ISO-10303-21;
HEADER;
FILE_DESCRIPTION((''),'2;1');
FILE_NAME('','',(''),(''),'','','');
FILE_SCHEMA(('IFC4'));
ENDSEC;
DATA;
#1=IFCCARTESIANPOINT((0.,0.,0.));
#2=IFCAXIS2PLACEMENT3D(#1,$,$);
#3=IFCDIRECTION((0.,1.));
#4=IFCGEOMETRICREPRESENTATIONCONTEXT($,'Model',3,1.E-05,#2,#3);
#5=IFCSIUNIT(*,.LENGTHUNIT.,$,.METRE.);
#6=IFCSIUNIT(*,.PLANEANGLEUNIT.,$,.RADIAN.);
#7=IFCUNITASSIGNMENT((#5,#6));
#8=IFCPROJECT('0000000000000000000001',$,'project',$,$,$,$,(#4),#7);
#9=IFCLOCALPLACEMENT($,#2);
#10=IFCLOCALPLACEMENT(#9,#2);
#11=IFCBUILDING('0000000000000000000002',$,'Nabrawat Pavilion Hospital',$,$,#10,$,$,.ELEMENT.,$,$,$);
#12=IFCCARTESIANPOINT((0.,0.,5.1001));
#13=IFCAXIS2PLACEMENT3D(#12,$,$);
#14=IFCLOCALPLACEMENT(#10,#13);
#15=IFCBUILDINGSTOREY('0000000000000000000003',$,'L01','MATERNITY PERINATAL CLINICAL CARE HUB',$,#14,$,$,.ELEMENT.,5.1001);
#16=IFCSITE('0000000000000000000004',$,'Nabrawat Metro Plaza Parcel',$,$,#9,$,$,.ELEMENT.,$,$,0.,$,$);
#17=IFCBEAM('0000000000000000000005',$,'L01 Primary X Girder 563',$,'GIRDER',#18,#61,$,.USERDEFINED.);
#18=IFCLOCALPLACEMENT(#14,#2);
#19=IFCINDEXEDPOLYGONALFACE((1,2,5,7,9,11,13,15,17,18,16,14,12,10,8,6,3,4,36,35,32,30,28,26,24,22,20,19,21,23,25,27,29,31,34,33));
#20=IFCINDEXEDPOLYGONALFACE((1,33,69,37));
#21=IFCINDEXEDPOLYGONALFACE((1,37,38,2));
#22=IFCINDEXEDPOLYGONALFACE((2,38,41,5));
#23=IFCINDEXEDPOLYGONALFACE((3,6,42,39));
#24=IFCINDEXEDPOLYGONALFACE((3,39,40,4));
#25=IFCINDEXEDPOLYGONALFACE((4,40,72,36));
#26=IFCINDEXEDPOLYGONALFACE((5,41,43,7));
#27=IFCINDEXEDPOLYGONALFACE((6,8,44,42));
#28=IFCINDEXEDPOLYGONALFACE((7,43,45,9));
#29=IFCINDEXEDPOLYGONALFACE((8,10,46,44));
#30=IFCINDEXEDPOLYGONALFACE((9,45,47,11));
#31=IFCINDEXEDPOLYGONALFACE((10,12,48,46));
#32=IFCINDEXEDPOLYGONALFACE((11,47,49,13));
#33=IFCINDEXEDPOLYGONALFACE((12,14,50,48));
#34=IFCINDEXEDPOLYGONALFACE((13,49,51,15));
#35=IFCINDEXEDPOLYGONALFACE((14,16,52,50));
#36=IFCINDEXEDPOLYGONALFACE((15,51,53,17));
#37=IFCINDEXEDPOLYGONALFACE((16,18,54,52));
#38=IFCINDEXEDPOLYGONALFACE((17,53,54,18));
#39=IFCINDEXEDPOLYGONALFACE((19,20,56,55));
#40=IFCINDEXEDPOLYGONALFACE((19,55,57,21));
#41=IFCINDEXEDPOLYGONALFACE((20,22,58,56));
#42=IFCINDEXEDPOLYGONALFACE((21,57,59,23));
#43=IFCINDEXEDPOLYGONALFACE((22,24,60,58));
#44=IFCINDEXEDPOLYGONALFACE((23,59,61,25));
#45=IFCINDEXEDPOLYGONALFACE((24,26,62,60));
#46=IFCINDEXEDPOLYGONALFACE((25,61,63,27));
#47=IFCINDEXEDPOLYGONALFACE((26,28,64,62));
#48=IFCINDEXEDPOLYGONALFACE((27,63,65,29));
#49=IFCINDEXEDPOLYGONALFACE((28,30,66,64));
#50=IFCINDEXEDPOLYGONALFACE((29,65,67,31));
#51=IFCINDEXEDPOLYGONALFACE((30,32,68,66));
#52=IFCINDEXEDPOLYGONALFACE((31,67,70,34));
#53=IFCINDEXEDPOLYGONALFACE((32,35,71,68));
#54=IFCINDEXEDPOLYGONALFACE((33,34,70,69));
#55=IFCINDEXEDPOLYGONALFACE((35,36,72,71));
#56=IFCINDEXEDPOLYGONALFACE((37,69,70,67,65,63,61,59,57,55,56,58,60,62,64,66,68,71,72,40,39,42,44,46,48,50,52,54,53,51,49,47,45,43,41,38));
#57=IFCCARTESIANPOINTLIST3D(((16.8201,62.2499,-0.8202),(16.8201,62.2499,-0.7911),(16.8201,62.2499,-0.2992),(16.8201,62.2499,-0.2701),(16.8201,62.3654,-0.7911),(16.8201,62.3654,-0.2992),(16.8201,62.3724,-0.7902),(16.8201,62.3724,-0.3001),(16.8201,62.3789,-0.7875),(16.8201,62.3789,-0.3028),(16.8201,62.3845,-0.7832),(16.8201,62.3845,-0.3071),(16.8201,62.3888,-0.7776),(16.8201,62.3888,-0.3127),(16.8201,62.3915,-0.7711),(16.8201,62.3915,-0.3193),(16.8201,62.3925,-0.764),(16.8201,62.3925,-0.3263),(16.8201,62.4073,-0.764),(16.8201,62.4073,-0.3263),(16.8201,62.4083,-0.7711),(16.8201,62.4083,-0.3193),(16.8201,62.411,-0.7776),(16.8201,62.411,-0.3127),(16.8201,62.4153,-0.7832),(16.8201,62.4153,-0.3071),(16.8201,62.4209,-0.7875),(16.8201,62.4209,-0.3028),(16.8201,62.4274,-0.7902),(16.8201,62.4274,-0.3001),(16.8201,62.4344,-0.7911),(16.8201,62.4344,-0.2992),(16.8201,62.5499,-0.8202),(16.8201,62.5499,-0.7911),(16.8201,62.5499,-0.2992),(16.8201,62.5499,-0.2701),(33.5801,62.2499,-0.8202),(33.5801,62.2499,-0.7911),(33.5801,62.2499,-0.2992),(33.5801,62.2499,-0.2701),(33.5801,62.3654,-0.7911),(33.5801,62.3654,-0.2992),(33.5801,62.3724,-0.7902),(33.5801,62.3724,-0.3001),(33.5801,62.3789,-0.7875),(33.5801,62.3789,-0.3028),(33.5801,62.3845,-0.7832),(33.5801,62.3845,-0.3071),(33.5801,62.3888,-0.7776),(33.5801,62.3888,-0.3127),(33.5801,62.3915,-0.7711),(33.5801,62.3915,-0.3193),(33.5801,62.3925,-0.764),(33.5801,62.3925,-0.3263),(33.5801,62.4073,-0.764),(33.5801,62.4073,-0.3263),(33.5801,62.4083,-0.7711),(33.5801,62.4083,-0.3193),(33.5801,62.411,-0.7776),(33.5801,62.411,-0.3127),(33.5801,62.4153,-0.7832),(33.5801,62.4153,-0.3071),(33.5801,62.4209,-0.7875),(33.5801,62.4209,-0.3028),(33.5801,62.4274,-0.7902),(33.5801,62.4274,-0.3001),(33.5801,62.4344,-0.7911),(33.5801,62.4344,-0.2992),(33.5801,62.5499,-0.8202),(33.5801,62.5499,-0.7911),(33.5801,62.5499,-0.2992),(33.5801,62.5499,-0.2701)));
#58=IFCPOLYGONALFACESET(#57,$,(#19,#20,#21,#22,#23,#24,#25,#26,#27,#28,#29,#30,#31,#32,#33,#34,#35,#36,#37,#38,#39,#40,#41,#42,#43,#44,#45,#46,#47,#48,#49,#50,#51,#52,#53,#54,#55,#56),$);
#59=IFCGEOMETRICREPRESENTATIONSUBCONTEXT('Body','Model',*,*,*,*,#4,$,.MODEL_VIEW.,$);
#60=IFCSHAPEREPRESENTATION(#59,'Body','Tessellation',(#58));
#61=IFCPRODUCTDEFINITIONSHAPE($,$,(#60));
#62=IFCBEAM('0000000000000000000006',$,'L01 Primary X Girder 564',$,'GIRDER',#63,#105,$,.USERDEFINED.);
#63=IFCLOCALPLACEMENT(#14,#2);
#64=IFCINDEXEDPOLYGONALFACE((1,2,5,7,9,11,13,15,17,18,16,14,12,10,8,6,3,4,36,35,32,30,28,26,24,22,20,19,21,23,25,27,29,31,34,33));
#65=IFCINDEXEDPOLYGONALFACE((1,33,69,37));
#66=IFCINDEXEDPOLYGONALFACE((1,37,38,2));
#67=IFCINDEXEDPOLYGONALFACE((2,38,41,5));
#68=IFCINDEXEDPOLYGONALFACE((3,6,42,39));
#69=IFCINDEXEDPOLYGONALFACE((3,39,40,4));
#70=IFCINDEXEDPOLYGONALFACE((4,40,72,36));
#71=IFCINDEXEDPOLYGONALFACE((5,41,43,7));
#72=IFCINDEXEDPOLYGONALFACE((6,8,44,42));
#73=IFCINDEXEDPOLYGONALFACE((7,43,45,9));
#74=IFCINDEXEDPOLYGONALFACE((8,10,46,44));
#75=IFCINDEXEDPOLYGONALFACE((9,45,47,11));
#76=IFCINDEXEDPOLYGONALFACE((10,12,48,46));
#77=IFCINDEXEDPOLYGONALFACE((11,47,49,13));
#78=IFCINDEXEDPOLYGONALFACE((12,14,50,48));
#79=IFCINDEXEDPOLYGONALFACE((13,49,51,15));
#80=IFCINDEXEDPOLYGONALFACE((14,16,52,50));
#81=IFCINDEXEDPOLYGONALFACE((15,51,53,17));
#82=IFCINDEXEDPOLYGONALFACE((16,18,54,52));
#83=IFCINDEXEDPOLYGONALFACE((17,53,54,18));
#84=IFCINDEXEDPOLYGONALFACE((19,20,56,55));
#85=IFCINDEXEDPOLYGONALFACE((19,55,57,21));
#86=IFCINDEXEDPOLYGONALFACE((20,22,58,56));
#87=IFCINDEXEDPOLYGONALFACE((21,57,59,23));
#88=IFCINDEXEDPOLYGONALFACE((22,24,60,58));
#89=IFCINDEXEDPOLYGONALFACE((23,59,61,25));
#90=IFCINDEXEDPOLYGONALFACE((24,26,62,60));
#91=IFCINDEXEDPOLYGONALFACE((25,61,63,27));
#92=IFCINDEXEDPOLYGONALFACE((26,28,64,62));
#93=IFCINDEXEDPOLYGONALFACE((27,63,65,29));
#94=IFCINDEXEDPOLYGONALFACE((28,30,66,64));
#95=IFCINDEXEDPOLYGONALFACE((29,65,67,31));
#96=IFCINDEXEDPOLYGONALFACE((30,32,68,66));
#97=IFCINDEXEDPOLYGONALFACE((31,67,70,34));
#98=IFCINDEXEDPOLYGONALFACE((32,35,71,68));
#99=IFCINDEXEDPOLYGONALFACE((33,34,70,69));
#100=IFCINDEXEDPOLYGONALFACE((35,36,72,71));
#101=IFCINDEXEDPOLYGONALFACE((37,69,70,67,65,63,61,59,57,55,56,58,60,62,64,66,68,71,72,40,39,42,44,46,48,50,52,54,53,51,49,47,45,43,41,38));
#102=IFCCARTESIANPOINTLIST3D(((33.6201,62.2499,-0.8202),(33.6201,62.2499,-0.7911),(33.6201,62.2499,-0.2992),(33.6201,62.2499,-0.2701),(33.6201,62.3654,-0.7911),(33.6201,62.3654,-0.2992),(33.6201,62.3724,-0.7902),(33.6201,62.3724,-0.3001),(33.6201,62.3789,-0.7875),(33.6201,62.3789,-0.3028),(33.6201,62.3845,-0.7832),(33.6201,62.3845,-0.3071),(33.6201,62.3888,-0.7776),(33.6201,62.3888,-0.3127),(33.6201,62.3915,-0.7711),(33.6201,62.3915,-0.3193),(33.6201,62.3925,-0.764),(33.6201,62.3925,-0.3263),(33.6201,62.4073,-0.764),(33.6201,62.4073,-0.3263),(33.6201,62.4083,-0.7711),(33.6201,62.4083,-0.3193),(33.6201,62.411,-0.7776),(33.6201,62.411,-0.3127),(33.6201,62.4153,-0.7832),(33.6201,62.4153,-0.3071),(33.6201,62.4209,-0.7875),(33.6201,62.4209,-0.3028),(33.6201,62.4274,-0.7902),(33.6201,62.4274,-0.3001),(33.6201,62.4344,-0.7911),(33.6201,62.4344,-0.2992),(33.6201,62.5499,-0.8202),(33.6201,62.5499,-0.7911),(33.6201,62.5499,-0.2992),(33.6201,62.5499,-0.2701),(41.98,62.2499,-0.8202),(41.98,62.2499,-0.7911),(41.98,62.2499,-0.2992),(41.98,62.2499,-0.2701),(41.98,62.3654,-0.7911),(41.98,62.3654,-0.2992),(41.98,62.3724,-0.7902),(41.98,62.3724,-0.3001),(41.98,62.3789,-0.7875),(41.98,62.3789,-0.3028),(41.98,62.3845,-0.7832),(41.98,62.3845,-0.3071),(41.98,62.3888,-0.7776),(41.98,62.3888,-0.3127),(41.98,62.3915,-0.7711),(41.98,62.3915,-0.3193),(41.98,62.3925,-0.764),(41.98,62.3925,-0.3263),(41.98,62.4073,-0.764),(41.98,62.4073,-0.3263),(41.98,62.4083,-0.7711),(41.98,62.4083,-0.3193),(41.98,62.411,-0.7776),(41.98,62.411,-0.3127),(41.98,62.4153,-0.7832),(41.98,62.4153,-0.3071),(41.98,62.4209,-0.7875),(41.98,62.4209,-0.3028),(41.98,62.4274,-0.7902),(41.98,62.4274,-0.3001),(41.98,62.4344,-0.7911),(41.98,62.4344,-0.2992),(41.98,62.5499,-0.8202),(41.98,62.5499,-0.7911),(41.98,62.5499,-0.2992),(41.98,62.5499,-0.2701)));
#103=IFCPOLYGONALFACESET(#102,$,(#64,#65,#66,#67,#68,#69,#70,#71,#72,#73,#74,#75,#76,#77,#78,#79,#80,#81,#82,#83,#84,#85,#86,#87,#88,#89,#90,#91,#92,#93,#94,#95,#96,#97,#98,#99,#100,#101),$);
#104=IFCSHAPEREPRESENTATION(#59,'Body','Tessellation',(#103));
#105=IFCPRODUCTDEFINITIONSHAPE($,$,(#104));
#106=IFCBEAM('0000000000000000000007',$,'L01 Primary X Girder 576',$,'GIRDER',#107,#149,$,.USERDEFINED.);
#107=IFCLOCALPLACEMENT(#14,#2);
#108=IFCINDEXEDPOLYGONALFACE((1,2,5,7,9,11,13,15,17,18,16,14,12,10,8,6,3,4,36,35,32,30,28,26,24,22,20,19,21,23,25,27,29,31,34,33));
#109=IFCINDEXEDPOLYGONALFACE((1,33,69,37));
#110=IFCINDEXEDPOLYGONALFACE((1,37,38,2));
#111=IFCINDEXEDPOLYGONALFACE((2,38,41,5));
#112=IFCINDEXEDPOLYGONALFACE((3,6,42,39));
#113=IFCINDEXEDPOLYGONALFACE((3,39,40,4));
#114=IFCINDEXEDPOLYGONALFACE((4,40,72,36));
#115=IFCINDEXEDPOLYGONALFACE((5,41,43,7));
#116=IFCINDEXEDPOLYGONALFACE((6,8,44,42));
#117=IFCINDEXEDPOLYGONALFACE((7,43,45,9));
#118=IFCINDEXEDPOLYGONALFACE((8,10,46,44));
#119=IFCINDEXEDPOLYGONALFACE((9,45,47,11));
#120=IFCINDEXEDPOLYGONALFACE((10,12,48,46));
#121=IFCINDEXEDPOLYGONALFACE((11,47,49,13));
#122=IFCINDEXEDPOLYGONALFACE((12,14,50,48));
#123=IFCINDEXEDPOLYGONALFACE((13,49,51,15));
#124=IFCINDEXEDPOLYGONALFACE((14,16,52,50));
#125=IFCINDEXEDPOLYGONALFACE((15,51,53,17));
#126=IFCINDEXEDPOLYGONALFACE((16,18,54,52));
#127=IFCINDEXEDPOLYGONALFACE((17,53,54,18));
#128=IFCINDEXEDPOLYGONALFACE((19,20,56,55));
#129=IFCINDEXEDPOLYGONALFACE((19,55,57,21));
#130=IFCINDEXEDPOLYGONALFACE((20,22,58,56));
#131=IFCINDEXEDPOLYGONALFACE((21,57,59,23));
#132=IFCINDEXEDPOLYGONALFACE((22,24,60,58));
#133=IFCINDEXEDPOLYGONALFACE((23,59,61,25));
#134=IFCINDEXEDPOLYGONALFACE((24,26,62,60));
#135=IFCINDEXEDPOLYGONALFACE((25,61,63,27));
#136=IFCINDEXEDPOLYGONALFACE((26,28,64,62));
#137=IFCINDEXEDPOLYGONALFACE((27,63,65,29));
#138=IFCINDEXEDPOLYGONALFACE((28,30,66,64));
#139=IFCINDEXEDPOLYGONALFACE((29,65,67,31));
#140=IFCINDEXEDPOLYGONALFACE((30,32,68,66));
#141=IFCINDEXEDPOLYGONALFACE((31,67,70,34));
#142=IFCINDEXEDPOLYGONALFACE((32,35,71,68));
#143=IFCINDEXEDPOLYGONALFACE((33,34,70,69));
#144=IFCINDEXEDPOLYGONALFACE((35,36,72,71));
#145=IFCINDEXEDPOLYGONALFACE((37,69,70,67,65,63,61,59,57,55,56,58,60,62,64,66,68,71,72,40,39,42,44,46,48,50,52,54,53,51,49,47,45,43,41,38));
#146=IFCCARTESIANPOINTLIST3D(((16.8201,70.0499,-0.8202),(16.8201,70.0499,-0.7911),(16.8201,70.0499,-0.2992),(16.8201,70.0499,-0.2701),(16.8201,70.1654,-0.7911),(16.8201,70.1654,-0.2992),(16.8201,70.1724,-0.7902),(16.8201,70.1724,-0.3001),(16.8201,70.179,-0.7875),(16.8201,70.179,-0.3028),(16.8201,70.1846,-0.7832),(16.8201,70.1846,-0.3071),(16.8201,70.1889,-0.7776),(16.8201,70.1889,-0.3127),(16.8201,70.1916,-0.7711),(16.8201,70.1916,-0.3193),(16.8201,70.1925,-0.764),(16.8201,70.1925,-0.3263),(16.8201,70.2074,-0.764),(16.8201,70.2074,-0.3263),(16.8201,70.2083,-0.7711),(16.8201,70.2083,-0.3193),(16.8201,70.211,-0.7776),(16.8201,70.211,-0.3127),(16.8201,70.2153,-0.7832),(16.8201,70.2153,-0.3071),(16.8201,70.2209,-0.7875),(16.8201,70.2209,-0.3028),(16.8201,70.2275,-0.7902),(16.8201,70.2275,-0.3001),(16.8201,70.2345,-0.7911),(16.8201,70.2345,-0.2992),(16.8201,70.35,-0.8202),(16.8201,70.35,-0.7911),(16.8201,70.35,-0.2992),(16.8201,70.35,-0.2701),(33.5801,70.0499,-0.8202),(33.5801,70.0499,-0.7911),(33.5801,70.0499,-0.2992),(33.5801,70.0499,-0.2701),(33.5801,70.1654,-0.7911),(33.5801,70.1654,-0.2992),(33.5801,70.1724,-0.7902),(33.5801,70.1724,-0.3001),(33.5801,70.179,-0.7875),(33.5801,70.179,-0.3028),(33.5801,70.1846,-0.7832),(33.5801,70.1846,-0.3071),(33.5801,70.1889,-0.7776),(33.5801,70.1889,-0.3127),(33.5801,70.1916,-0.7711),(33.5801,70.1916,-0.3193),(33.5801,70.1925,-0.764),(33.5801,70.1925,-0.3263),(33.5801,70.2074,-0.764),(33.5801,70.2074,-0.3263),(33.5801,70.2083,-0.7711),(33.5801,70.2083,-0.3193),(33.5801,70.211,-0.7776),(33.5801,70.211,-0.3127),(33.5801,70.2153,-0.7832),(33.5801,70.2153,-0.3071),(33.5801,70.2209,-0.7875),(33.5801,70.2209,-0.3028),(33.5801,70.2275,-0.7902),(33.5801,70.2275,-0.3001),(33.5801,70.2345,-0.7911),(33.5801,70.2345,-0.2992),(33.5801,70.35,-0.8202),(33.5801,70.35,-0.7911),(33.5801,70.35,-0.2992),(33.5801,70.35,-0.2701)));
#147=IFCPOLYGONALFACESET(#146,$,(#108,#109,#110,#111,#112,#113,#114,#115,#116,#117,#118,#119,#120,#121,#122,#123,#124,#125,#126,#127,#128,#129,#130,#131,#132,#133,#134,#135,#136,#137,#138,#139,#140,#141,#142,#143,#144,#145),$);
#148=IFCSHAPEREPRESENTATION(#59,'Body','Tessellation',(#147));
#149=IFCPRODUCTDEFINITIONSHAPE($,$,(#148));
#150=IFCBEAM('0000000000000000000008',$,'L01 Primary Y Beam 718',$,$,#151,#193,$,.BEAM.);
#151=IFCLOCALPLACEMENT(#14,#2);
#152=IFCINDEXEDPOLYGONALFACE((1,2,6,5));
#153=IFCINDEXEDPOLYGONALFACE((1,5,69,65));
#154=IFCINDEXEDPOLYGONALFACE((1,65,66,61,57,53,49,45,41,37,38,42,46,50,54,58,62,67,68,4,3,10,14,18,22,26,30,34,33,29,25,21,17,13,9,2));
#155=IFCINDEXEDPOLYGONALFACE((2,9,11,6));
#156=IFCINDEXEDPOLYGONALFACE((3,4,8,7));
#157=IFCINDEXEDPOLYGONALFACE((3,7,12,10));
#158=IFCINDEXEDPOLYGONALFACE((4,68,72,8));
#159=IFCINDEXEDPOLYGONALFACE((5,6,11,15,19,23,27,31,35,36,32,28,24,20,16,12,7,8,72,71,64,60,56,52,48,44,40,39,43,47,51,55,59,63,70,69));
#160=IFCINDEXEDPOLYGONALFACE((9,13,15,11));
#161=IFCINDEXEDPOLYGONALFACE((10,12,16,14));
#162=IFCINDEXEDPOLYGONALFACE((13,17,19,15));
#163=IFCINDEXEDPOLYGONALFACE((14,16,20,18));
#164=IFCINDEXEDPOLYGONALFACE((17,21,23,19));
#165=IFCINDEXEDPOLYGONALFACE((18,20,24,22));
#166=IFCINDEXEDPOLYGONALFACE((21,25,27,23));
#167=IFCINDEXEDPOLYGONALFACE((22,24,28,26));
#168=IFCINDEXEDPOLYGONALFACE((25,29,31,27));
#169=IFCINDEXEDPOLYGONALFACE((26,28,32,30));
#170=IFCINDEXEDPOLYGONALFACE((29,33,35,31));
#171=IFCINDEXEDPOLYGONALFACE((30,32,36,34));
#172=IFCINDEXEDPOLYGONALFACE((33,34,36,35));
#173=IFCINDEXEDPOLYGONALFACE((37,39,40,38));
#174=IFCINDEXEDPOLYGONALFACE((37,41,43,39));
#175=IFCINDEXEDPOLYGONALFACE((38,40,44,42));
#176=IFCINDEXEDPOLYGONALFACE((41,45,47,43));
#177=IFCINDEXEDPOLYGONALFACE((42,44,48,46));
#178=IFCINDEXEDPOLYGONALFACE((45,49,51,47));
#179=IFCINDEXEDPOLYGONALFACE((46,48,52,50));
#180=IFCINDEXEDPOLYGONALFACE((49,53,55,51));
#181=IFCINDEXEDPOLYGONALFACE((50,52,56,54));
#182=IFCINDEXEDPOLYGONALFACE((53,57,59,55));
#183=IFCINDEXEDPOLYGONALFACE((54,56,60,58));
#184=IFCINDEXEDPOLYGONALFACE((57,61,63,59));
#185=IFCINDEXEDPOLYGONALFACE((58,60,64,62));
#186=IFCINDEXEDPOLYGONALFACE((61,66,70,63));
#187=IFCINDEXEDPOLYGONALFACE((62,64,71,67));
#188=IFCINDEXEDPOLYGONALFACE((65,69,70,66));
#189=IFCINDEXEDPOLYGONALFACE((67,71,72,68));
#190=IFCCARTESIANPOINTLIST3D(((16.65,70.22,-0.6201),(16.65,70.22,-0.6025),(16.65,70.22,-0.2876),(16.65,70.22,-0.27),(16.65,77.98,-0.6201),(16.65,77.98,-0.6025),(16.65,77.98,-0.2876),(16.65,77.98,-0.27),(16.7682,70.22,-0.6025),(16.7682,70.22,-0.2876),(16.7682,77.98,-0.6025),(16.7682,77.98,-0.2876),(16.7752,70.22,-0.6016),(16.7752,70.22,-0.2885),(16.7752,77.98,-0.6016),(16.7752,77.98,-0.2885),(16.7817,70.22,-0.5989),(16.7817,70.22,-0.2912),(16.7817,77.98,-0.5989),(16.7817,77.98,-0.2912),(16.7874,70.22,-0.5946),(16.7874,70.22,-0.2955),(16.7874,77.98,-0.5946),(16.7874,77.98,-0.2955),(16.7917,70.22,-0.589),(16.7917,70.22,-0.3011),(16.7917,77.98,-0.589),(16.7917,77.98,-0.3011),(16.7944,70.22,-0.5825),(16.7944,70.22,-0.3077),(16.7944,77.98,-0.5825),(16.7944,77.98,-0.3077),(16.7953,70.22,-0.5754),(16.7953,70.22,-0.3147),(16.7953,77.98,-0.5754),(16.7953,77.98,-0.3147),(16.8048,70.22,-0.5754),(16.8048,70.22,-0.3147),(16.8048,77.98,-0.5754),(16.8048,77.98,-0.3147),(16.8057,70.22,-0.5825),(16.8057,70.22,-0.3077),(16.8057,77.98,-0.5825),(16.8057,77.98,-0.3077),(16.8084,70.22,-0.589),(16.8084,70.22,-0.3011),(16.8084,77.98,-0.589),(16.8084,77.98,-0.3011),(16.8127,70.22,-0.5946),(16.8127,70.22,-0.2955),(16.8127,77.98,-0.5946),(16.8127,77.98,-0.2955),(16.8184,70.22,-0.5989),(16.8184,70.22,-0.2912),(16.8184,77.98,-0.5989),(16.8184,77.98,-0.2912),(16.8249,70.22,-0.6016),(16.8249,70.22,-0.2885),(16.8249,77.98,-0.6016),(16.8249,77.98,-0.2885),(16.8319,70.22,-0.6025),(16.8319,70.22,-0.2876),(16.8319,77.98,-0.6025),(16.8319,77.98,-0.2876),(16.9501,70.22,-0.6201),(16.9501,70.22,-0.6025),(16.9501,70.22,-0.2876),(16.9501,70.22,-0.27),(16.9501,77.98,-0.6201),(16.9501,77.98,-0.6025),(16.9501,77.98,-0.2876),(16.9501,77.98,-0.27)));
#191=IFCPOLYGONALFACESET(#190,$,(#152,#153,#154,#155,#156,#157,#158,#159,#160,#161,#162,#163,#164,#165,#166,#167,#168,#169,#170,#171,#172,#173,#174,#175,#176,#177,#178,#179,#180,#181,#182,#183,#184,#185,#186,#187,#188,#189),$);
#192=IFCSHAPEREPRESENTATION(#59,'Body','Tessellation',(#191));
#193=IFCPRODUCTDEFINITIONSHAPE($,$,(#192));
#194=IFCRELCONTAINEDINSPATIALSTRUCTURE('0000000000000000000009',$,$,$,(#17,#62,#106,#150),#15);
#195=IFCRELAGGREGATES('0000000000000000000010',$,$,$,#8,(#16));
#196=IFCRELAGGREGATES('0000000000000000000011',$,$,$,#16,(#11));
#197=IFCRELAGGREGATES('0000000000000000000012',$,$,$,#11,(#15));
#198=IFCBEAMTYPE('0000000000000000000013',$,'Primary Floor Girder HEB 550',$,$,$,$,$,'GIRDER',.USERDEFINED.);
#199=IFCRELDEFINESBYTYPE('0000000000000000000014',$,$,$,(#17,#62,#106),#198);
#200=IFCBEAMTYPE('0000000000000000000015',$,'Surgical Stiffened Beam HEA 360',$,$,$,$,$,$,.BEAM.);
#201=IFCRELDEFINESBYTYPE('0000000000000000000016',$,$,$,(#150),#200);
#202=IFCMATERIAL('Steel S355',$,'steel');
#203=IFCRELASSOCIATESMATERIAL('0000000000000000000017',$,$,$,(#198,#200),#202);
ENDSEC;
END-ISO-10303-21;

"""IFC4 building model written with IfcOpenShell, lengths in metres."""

from ifc_helpers import new_model, si_unit, direction, frame, origin, origin_2d, place, context, subcontext, project, spatial, i_section, extrude, material, material_profile, profile_set, type_object, element, save


model = new_model("IFC4")

# Units and contexts
model_context = context("Model", 3, precision=1e-05, world=origin(), true_north=direction((0.0, 1.0)))
body_context = subcontext(model_context, "Body", "Model", "MODEL_VIEW")
ifc_project = project(units=[si_unit("LENGTHUNIT", "METRE"), si_unit("PLANEANGLEUNIT", "RADIAN")], contexts=[model_context])

# Site, building, storey
site_placement = place(None, origin())
site = spatial("IfcSite", under=ifc_project, at=site_placement, Name="Nabrawat Metro Plaza Parcel", CompositionType="ELEMENT", RefElevation=0.0)
building_placement = place(site_placement, origin())
building = spatial("IfcBuilding", under=site, at=building_placement, Name="Nabrawat Pavilion Hospital", CompositionType="ELEMENT")
storey_placement = place(building_placement, frame((0.0, 0.0, 5.1001)))
storey = spatial("IfcBuildingStorey", under=building, at=storey_placement, Name="L01", Description="MATERNITY PERINATAL CLINICAL CARE HUB", CompositionType="ELEMENT", Elevation=5.1001)

# Shared definitions
ifc_material_1 = material(Name="Steel S355", Category="steel")

# Beams
ifc_material_profile_1 = material_profile(ifc_material_1, i_section(OverallWidth=0.3, OverallDepth=0.55, WebThickness=0.0149, FlangeThickness=0.0291, FilletRadius=0.0271, at=origin_2d()), Name="HEB 550")
ifc_profile_set_1 = profile_set([ifc_material_profile_1], Name="Steel S355")
beam_type_1 = type_object("IfcBeamType", Name="Primary Floor Girder HEB 550", ElementType="GIRDER", PredefinedType="USERDEFINED", material=ifc_profile_set_1)
beam_1_placement = place(storey_placement, frame((16.8201, 62.3999, -0.5452), z_axis=(1.0, 0.0, 0.0), x_axis=(0.0, 1.0, 0.0)))
element("IfcBeam", 1, at=beam_1_placement, inside=storey, type_object=beam_type_1, Name="L01 Primary X Girder 563", ObjectType="GIRDER", PredefinedType="USERDEFINED", context=body_context, shape_type="SweptSolid", body=[
    extrude(i_section(OverallWidth=0.3, OverallDepth=0.55, WebThickness=0.0149, FlangeThickness=0.0291, FilletRadius=0.0271, at=origin_2d()), origin(), (0.0, 0.0, 1.0), 16.76),
])
beam_2_placement = place(storey_placement, frame((33.6201, 62.3999, -0.5452), z_axis=(1.0, 0.0, 0.0), x_axis=(0.0, 1.0, 0.0)))
element("IfcBeam", 2, at=beam_2_placement, inside=storey, type_object=beam_type_1, Name="L01 Primary X Girder 564", ObjectType="GIRDER", PredefinedType="USERDEFINED", context=body_context, shape_type="SweptSolid", body=[
    extrude(i_section(OverallWidth=0.3, OverallDepth=0.55, WebThickness=0.0149, FlangeThickness=0.0291, FilletRadius=0.0271, at=origin_2d()), origin(), (0.0, 0.0, 1.0), 8.3599),
])
beam_3_placement = place(storey_placement, frame((16.8201, 70.2, -0.5452), z_axis=(1.0, 0.0, 0.0), x_axis=(0.0, 1.0, 0.0)))
element("IfcBeam", 3, at=beam_3_placement, inside=storey, type_object=beam_type_1, Name="L01 Primary X Girder 576", ObjectType="GIRDER", PredefinedType="USERDEFINED", context=body_context, shape_type="SweptSolid", body=[
    extrude(i_section(OverallWidth=0.3, OverallDepth=0.55, WebThickness=0.0149, FlangeThickness=0.0291, FilletRadius=0.0271, at=origin_2d()), origin(), (0.0, 0.0, 1.0), 16.76),
])
ifc_material_profile_2 = material_profile(ifc_material_1, i_section(OverallWidth=0.3, OverallDepth=0.3501, WebThickness=0.0095, FlangeThickness=0.0176, FilletRadius=0.0271, at=origin_2d()), Name="HEA 360")
ifc_profile_set_2 = profile_set([ifc_material_profile_2], Name="Steel S355")
beam_type_2 = type_object("IfcBeamType", Name="Surgical Stiffened Beam HEA 360", PredefinedType="BEAM", material=ifc_profile_set_2)
for number, where, z_axis, x_axis, name in (
    (4, (16.8, 70.22, -0.4451), (0.0, 1.0, 0.0), (-1.0, 0.0, 0.0), "L01 Primary Y Beam 718"),
):
    element("IfcBeam", number, at=place(storey_placement, frame(where, z_axis=z_axis, x_axis=x_axis)), inside=storey, type_object=beam_type_2, Name=name, PredefinedType="BEAM", context=body_context, shape_type="SweptSolid", body=[
        extrude(i_section(OverallWidth=0.3, OverallDepth=0.3501, WebThickness=0.0095, FlangeThickness=0.0176, FilletRadius=0.0271, at=origin_2d()), origin(), (0.0, 0.0, 1.0), 7.76),
    ])

save(model, "model.ifc")
